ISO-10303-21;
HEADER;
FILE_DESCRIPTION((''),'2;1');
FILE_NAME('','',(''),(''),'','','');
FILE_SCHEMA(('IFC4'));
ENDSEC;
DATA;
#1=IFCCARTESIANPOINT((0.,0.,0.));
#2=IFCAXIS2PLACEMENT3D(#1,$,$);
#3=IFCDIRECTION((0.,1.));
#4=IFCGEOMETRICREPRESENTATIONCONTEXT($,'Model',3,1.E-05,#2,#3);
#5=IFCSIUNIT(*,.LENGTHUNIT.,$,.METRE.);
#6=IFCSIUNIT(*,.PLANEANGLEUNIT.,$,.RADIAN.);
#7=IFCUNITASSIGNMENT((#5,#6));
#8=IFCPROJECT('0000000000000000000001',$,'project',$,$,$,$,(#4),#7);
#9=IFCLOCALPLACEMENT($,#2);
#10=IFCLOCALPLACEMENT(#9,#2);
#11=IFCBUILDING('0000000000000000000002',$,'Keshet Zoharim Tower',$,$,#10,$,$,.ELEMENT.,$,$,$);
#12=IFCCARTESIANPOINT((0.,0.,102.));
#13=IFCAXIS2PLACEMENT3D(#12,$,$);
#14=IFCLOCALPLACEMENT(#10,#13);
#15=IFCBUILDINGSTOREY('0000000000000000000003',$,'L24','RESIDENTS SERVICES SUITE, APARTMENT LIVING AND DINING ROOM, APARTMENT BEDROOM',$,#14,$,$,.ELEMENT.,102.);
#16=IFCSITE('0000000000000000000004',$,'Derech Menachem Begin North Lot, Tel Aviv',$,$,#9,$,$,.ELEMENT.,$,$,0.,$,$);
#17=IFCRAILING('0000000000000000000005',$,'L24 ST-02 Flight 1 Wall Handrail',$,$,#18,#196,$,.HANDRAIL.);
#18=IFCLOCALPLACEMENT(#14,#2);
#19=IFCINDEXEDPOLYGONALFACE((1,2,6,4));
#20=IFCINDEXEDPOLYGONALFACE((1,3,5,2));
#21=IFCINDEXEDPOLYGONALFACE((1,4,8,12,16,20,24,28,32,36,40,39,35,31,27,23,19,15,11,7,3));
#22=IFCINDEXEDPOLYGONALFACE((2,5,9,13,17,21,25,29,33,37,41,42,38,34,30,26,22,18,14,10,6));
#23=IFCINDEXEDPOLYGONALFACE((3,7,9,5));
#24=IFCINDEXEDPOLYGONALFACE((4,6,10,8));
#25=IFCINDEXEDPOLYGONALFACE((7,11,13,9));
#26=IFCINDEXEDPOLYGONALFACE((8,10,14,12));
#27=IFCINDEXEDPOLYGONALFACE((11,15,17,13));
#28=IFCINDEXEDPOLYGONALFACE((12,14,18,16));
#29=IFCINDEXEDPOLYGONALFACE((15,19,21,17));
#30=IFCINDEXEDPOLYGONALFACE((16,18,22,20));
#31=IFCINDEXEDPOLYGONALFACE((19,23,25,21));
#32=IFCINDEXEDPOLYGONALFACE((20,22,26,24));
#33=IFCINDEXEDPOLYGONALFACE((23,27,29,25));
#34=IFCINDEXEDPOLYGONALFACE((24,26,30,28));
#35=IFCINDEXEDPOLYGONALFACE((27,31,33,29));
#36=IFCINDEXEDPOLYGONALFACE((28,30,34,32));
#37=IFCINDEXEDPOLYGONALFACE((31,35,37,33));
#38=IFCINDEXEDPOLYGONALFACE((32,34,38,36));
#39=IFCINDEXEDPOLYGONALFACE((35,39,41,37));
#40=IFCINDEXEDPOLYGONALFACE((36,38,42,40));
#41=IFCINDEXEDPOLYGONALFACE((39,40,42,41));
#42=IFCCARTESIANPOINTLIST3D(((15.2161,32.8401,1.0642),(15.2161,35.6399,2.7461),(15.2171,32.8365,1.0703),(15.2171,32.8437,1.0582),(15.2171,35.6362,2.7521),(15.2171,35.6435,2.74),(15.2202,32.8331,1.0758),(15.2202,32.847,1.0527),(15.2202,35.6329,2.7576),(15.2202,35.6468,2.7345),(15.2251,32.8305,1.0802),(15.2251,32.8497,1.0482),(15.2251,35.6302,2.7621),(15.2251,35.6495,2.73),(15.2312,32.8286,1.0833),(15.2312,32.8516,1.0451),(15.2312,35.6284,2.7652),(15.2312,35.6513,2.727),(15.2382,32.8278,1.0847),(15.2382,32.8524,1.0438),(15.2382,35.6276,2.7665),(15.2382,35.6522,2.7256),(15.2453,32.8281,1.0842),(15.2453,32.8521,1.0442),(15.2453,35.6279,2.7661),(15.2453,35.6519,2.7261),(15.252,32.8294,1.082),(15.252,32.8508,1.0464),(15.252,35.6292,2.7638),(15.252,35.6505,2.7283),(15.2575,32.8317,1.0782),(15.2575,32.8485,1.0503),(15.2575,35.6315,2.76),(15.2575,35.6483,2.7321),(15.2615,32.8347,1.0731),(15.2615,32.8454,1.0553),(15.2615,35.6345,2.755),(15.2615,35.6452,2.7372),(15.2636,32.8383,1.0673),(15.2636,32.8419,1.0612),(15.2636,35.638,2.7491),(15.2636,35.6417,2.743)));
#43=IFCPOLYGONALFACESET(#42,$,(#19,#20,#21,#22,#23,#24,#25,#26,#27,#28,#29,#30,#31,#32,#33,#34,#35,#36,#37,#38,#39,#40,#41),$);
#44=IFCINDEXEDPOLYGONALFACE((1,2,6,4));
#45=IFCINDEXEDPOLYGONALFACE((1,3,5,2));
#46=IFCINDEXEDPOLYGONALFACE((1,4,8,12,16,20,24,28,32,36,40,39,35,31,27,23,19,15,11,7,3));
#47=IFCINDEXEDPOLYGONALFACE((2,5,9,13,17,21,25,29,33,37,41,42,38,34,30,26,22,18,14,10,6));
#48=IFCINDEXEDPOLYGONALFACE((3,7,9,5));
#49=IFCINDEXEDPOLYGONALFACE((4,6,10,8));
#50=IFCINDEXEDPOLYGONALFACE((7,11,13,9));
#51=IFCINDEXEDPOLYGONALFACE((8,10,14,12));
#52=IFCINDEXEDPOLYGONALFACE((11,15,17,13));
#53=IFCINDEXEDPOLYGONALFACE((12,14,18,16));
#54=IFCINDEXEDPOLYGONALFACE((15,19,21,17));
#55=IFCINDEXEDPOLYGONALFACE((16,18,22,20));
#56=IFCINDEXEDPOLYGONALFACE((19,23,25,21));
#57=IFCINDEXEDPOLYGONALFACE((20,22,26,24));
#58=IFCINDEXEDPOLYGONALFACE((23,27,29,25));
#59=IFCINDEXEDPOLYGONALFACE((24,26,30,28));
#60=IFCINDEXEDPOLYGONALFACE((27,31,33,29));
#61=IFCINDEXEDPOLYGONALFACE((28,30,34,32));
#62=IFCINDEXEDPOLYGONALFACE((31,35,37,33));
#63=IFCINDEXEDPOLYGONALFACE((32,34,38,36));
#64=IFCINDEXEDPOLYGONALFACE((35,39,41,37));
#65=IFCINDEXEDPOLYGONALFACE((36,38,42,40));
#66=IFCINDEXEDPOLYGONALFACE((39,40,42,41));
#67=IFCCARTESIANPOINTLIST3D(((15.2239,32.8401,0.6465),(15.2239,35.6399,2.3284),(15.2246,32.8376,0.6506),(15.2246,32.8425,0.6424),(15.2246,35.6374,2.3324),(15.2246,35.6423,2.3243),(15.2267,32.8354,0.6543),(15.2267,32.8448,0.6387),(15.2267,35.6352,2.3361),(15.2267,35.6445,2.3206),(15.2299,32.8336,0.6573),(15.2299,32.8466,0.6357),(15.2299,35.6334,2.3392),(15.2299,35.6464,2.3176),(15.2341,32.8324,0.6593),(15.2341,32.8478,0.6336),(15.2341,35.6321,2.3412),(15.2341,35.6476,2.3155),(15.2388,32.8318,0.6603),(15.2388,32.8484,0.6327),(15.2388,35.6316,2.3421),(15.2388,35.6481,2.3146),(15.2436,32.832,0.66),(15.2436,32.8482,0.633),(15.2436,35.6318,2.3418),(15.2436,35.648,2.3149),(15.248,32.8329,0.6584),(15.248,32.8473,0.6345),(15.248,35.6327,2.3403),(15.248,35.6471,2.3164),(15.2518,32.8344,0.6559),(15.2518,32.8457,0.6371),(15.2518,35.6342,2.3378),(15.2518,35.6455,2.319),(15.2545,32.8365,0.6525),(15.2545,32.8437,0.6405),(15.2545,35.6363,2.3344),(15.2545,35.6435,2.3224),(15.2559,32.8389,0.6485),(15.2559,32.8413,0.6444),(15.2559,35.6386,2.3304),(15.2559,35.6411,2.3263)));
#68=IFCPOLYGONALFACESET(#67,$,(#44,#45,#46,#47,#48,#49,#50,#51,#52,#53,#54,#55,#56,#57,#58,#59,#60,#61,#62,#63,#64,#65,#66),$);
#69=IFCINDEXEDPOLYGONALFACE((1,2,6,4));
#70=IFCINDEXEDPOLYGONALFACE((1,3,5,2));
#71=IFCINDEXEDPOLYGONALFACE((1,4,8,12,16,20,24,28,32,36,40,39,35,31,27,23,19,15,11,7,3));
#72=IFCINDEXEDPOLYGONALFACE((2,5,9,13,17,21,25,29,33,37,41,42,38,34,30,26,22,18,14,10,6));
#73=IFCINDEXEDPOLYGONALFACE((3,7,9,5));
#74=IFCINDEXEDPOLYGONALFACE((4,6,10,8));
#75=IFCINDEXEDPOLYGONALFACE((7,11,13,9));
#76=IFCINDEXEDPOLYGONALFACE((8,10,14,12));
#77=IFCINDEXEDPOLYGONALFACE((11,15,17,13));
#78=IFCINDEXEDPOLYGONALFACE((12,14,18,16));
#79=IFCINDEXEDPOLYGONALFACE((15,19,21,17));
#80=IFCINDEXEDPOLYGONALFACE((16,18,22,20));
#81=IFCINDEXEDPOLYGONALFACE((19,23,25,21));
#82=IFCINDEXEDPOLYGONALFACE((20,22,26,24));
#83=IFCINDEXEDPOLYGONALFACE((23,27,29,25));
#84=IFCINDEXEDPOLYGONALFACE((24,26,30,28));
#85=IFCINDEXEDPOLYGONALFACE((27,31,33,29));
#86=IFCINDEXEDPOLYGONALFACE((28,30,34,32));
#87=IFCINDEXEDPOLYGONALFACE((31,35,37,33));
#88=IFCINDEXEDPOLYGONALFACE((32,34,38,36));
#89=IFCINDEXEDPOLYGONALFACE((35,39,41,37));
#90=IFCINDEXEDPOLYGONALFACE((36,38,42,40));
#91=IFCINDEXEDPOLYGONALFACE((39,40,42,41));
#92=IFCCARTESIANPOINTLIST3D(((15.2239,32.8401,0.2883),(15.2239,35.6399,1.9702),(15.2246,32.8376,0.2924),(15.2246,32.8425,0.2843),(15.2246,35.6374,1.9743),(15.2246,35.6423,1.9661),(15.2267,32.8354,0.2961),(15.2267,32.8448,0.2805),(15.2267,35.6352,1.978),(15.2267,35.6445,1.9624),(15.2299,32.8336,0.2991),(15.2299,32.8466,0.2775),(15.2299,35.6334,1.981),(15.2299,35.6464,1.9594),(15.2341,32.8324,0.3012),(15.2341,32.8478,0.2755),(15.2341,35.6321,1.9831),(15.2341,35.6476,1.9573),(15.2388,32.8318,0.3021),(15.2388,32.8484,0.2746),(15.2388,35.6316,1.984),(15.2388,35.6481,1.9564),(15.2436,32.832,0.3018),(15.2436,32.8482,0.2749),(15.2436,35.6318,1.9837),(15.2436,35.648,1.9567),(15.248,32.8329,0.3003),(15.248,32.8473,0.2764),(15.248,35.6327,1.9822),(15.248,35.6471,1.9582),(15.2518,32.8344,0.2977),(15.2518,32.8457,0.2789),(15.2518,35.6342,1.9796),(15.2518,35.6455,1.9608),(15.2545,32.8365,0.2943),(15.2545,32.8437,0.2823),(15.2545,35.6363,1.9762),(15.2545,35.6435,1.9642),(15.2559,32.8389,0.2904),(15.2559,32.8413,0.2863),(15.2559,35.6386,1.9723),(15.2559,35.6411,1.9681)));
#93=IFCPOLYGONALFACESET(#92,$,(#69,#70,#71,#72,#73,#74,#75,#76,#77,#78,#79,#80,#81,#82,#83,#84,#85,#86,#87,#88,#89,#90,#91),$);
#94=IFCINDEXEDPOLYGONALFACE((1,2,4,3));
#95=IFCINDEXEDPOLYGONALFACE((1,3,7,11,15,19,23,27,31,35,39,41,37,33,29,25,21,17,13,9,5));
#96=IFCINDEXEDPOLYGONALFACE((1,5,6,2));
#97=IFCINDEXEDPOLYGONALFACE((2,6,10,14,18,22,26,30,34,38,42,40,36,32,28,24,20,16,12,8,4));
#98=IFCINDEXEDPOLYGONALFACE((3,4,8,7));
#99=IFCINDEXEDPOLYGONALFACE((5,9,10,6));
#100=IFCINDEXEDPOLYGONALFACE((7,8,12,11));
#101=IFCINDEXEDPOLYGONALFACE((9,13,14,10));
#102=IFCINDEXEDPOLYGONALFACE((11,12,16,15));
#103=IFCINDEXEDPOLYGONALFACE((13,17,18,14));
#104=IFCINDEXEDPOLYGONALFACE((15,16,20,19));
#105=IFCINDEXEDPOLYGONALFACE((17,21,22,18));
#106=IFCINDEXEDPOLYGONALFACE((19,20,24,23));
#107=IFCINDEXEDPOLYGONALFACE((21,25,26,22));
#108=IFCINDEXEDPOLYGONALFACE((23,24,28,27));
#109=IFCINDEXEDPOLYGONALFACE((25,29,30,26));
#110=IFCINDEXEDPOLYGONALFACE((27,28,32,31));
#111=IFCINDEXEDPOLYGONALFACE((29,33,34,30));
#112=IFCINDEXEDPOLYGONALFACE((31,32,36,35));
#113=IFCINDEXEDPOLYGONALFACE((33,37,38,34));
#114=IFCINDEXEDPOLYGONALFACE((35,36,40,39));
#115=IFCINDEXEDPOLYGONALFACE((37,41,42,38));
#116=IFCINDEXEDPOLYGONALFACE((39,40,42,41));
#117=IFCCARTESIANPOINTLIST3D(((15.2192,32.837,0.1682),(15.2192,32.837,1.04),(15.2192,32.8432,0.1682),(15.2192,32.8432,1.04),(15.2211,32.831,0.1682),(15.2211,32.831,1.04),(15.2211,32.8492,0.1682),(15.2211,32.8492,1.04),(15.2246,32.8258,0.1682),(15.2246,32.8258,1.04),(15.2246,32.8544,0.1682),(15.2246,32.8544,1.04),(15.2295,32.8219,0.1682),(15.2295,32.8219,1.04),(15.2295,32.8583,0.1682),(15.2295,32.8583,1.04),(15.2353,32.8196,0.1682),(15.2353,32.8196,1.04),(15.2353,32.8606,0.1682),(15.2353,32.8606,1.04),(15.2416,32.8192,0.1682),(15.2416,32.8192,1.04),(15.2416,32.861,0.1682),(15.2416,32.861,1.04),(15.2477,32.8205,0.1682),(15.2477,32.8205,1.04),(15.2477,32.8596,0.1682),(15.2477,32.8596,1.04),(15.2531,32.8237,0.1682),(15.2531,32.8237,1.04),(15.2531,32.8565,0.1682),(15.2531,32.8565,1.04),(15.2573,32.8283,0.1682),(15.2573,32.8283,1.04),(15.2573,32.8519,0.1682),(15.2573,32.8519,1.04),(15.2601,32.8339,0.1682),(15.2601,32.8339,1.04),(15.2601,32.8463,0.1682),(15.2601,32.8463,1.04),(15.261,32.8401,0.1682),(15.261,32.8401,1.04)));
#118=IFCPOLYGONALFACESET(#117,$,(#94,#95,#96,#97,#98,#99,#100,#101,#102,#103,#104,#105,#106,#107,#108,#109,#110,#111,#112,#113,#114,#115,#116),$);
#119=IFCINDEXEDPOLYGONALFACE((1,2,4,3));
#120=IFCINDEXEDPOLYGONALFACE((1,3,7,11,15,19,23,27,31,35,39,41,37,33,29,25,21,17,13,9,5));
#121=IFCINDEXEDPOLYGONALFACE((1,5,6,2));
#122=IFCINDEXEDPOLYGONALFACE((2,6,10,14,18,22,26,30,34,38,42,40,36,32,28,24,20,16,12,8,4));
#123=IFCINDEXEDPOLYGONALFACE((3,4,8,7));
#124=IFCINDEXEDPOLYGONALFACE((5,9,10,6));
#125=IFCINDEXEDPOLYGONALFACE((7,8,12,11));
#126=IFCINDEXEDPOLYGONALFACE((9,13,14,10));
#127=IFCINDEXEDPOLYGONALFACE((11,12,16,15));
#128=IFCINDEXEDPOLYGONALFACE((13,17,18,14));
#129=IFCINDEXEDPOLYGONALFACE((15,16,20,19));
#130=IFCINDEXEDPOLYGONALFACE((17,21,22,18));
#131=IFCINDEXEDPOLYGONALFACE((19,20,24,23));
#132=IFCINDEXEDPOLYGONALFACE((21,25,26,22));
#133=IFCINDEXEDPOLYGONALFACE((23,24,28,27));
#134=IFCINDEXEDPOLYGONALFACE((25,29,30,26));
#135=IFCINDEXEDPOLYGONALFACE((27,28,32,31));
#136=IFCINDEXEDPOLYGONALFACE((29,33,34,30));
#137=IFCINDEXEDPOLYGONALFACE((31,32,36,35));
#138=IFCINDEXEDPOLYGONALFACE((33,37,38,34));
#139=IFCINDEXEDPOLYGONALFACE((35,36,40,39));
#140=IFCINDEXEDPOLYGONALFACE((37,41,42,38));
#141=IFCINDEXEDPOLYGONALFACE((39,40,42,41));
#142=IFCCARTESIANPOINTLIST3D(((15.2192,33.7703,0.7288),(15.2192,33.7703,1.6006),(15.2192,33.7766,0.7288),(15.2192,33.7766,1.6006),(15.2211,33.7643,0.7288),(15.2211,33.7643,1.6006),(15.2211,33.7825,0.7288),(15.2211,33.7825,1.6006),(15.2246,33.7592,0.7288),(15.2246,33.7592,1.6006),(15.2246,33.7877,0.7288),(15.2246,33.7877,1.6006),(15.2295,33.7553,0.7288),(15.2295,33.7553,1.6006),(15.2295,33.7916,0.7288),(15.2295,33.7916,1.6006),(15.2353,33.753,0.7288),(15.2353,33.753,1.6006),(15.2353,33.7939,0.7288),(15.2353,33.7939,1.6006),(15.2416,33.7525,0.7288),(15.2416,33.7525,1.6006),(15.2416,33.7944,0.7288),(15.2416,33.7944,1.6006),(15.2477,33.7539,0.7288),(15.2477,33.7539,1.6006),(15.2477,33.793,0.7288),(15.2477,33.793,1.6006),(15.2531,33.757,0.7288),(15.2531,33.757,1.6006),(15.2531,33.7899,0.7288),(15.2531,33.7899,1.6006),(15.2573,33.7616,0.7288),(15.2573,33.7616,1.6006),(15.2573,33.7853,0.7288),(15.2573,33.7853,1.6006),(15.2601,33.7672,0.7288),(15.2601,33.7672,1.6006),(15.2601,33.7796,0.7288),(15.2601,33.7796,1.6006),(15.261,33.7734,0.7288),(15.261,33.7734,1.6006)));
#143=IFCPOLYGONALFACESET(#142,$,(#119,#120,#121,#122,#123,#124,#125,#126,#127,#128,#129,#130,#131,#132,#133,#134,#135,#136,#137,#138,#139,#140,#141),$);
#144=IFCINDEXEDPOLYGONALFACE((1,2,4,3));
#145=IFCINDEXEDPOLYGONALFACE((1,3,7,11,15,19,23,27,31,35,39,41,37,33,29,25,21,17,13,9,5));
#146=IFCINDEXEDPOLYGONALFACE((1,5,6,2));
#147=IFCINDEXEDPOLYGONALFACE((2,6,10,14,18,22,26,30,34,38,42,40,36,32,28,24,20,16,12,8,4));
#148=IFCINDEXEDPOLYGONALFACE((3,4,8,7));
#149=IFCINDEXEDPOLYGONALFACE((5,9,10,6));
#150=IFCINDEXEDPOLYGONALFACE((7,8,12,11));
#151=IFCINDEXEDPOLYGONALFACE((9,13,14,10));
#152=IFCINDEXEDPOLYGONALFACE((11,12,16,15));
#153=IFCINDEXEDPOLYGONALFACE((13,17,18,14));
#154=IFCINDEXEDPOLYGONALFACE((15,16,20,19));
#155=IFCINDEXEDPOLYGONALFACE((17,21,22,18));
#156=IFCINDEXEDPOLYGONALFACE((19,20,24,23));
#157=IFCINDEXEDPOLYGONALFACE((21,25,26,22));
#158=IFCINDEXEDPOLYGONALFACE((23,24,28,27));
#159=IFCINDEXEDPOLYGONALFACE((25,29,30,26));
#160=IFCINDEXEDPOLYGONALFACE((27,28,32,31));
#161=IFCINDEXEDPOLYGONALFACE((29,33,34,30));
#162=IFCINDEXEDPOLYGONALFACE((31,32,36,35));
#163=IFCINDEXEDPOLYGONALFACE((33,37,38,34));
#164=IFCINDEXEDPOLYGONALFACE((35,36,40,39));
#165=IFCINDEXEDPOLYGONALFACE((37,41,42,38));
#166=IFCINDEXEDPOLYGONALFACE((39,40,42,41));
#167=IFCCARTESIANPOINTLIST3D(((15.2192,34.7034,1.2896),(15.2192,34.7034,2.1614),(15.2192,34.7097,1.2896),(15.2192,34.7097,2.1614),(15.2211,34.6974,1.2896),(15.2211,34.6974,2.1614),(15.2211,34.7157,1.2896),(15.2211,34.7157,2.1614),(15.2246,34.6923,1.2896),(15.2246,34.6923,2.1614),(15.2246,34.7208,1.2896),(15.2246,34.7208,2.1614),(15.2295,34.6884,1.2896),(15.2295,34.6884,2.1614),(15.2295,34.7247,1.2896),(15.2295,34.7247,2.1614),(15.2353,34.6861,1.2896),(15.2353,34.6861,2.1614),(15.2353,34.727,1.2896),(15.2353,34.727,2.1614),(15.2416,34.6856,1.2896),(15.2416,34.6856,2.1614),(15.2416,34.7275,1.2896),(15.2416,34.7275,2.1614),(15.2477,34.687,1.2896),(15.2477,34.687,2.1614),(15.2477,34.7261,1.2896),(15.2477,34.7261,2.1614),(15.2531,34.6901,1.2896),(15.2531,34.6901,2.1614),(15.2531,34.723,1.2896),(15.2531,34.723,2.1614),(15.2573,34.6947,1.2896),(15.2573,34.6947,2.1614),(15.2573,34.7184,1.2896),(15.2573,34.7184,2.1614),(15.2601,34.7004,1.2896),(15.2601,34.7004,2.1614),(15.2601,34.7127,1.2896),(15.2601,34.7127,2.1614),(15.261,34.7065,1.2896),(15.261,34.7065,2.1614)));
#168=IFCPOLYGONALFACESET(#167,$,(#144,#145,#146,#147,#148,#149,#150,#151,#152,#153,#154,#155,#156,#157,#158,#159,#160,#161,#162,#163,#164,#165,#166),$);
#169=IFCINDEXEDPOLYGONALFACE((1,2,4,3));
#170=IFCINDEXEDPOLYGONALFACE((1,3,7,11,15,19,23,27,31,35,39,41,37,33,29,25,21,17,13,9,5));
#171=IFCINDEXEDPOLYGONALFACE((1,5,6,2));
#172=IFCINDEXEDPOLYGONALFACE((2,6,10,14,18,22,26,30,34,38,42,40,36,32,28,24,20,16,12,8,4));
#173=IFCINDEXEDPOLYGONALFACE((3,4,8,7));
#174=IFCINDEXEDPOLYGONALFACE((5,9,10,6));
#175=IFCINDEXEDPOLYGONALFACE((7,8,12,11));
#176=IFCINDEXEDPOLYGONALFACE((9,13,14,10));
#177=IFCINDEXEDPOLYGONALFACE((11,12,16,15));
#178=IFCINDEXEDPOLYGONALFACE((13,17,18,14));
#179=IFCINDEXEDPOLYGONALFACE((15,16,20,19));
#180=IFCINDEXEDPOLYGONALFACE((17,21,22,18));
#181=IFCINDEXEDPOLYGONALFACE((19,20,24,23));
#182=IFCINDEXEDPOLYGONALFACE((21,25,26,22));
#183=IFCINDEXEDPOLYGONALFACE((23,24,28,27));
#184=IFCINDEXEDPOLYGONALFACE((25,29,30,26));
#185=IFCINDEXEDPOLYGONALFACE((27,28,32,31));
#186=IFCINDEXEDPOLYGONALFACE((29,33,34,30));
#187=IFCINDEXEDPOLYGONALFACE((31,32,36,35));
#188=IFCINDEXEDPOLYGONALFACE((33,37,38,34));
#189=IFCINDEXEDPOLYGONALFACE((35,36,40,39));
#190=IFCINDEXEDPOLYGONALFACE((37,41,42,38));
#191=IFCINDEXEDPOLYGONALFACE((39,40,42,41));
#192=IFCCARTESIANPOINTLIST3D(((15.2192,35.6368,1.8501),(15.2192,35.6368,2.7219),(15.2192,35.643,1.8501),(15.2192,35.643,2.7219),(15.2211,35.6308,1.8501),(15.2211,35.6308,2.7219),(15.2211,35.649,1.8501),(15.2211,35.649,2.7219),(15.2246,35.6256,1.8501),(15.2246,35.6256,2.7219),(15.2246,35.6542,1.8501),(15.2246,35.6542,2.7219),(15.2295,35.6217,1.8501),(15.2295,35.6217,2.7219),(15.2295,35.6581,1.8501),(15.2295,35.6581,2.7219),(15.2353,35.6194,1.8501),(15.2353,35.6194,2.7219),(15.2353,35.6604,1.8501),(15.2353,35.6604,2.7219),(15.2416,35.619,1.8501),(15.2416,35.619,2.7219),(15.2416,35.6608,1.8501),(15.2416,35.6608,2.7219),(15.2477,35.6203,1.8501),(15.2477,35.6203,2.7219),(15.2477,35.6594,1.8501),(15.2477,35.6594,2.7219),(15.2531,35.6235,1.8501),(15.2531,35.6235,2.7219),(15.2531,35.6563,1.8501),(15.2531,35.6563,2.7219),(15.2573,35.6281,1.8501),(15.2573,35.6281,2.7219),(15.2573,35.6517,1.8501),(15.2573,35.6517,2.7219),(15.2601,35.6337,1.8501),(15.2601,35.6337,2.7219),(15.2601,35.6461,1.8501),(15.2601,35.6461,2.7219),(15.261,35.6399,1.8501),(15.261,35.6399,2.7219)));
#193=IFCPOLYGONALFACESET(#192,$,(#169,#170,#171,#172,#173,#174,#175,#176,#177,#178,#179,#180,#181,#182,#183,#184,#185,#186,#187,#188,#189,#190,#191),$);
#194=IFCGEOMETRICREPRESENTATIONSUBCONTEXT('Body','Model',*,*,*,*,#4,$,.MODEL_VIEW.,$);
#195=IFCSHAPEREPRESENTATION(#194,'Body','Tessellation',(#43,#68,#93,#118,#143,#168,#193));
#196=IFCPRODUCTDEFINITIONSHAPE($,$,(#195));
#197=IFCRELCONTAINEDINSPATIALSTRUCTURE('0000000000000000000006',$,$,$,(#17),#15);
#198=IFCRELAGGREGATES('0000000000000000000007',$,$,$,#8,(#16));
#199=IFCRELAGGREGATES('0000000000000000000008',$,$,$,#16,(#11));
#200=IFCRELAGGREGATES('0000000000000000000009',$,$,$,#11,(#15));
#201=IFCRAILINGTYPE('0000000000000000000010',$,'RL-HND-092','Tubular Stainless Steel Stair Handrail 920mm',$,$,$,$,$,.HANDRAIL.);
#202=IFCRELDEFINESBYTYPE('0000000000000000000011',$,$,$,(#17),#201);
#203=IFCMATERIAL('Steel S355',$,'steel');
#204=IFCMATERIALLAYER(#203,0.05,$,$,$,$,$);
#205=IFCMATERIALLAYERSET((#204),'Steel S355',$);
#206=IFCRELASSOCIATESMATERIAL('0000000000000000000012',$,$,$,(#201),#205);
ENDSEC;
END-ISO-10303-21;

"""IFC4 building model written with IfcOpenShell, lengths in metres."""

from ifc_helpers import new_model, si_unit, direction, frame, origin, origin_2d, place, context, subcontext, project, spatial, circle, extrude, material, layer, layer_set, type_object, element, save


model = new_model("IFC4")

# Units and contexts
model_context = context("Model", 3, precision=1e-05, world=origin(), true_north=direction((0.0, 1.0)))
body_context = subcontext(model_context, "Body", "Model", "MODEL_VIEW")
ifc_project = project(units=[si_unit("LENGTHUNIT", "METRE"), si_unit("PLANEANGLEUNIT", "RADIAN")], contexts=[model_context])

# Site, building, storey
site_placement = place(None, origin())
site = spatial("IfcSite", under=ifc_project, at=site_placement, Name="Derech Menachem Begin North Lot, Tel Aviv", CompositionType="ELEMENT", RefElevation=0.0)
building_placement = place(site_placement, origin())
building = spatial("IfcBuilding", under=site, at=building_placement, Name="Keshet Zoharim Tower", CompositionType="ELEMENT")
storey_placement = place(building_placement, frame((0.0, 0.0, 102.0)))
storey = spatial("IfcBuildingStorey", under=building, at=storey_placement, Name="L24", Description="RESIDENTS SERVICES SUITE, APARTMENT LIVING AND DINING ROOM, APARTMENT BEDROOM", CompositionType="ELEMENT", Elevation=102.0)

# Railing
ifc_material_1 = material(Name="Steel S355", Category="steel")
ifc_layer_1 = layer(ifc_material_1, 0.05)
ifc_layer_set_1 = layer_set([ifc_layer_1], Name="Steel S355")
railing_type_1 = type_object("IfcRailingType", Name="RL-HND-092", Description="Tubular Stainless Steel Stair Handrail 920mm", PredefinedType="HANDRAIL", material=ifc_layer_set_1)
railing_1_placement = place(storey_placement, frame((15.24, 32.8401, 0.1682)))
element("IfcRailing", 1, at=railing_1_placement, inside=storey, type_object=railing_type_1, Name="L24 ST-02 Flight 1 Wall Handrail", PredefinedType="HANDRAIL", context=body_context, shape_type="SweptSolid", body=[
    extrude(circle(Radius=0.0239, at=origin_2d()), frame((0.0, 0.0, 0.896), z_axis=(0.0, 0.857222, 0.514946), x_axis=(-1.0, 0.0, 0.0)), (0.0, 0.0, 1.0), 3.2661),
    extrude(circle(Radius=0.0161, at=origin_2d()), frame((0.0, 0.0, 0.4783), z_axis=(0.0, 0.857222, 0.514946), x_axis=(-1.0, 0.0, 0.0)), (0.0, 0.0, 1.0), 3.2661),
    extrude(circle(Radius=0.0161, at=origin_2d()), frame((0.0, 0.0, 0.1201), z_axis=(0.0, 0.857222, 0.514946), x_axis=(-1.0, 0.0, 0.0)), (0.0, 0.0, 1.0), 3.2661),
    extrude(circle(Radius=0.021, at=origin_2d()), origin(), (0.0, 0.0, 1.0), 0.8718),
    extrude(circle(Radius=0.021, at=origin_2d()), frame((0.0, 0.9333, 0.5605)), (0.0, 0.0, 1.0), 0.8718),
    extrude(circle(Radius=0.021, at=origin_2d()), frame((0.0, 1.8665, 1.1213)), (0.0, 0.0, 1.0), 0.8718),
    extrude(circle(Radius=0.021, at=origin_2d()), frame((0.0, 2.7998, 1.6819)), (0.0, 0.0, 1.0), 0.8718),
])

save(model, "model.ifc")
